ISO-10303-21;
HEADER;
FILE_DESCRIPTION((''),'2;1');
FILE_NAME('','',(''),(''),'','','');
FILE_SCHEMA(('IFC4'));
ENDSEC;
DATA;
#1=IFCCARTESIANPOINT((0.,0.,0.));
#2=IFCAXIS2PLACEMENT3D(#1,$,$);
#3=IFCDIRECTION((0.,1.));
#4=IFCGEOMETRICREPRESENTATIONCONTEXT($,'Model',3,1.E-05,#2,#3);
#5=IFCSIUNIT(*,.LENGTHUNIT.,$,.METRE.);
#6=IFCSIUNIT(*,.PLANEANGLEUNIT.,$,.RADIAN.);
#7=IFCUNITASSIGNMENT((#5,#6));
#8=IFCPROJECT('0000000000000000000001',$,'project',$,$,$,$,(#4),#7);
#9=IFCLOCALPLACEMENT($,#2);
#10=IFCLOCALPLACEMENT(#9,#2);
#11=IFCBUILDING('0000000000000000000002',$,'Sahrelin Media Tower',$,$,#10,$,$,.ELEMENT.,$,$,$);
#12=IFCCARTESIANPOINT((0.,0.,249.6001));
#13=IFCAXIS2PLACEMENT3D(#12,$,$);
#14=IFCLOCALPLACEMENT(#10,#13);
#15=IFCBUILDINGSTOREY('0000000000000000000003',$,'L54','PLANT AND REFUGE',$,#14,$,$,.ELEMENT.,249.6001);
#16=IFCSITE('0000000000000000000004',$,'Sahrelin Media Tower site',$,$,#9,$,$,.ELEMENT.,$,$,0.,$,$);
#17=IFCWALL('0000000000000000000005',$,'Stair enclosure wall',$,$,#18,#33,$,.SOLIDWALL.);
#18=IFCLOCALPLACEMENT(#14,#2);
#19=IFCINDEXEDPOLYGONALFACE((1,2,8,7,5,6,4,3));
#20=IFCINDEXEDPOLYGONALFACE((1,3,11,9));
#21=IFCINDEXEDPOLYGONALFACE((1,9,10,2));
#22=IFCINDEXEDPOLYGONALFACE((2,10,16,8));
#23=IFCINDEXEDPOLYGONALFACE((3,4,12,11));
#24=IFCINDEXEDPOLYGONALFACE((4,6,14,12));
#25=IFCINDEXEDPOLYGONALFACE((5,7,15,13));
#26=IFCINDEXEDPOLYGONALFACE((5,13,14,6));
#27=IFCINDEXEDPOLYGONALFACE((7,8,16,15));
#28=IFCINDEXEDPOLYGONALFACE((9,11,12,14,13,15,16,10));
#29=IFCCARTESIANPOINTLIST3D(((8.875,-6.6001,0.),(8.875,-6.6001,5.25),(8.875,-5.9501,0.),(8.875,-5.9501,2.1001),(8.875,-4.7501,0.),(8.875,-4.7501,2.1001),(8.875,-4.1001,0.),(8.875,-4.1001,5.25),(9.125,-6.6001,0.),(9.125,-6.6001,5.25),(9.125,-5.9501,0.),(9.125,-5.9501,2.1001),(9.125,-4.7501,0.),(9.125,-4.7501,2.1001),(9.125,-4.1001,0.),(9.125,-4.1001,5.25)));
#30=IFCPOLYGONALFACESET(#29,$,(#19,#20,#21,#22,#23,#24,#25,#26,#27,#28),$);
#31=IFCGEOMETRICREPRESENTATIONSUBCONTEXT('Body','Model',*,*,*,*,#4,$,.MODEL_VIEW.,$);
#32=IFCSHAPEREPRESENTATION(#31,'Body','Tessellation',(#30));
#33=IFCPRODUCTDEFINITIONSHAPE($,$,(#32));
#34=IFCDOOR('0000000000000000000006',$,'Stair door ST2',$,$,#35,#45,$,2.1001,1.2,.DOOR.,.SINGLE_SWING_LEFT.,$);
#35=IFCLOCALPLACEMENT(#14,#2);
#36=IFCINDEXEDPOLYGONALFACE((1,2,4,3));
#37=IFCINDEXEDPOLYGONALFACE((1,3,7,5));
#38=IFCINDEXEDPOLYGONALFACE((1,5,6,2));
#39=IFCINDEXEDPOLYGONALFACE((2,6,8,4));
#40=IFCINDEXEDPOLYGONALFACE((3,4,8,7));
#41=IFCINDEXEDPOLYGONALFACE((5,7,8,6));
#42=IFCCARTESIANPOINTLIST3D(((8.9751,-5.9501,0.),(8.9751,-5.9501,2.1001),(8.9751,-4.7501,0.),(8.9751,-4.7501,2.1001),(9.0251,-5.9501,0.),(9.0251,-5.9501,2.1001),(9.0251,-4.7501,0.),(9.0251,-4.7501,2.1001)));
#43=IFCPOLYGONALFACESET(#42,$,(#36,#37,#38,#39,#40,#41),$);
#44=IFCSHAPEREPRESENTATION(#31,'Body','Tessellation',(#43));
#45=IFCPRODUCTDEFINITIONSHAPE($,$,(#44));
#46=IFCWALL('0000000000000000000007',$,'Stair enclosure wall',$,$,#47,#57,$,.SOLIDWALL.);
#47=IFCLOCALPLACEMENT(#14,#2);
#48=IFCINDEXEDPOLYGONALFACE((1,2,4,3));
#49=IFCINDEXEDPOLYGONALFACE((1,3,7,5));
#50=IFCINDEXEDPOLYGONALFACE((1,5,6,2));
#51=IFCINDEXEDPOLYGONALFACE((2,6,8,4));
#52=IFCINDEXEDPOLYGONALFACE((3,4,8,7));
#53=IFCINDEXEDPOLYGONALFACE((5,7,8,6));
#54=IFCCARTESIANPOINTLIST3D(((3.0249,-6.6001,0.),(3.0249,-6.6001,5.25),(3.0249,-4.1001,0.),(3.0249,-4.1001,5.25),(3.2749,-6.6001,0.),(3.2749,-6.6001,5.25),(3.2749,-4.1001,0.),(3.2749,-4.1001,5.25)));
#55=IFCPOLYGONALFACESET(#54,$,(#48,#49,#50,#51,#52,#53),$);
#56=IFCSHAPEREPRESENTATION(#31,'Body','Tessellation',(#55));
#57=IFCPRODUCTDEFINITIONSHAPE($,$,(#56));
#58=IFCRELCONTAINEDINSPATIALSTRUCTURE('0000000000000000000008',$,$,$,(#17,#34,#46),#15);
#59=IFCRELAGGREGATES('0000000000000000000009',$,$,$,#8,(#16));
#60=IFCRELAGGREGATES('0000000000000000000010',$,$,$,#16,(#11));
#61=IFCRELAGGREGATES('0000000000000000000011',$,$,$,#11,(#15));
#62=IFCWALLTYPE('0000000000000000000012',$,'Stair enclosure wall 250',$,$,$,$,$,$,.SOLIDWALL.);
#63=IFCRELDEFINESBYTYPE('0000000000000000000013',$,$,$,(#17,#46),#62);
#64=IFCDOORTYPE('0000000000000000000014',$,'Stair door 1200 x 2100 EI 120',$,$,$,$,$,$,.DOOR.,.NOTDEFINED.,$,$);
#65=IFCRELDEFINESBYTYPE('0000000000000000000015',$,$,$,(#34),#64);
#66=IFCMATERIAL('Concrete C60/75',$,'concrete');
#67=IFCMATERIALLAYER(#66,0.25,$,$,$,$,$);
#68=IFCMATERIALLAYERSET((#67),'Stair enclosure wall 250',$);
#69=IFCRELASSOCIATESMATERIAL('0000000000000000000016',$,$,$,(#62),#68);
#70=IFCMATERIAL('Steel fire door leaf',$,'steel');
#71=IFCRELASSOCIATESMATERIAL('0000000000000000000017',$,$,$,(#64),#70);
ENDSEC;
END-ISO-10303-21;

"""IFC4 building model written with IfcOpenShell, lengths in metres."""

from ifc_helpers import new_model, si_unit, direction, frame, frame_2d, origin, place, context, subcontext, project, spatial, rectangle, extrude, material, layer, layer_set, type_object, element, fill, save


model = new_model("IFC4")

# Units and contexts
model_context = context("Model", 3, precision=1e-05, world=origin(), true_north=direction((0.0, 1.0)))
body_context = subcontext(model_context, "Body", "Model", "MODEL_VIEW")
ifc_project = project(units=[si_unit("LENGTHUNIT", "METRE"), si_unit("PLANEANGLEUNIT", "RADIAN")], contexts=[model_context])

# Site, building, storey
site_placement = place(None, origin())
site = spatial("IfcSite", under=ifc_project, at=site_placement, Name="Sahrelin Media Tower site", CompositionType="ELEMENT", RefElevation=0.0)
building_placement = place(site_placement, origin())
building = spatial("IfcBuilding", under=site, at=building_placement, Name="Sahrelin Media Tower", CompositionType="ELEMENT")
storey_placement = place(building_placement, frame((0.0, 0.0, 249.6001)))
storey = spatial("IfcBuildingStorey", under=building, at=storey_placement, Name="L54", Description="PLANT AND REFUGE", CompositionType="ELEMENT", Elevation=249.6001)

# Shared definitions
ifc_material_1 = material(Name="Concrete C60/75", Category="concrete")
ifc_material_2 = material(Name="Steel fire door leaf", Category="steel")

# Wall, opening, door
ifc_layer_1 = layer(ifc_material_1, 0.25)
ifc_layer_set_1 = layer_set([ifc_layer_1], Name="Stair enclosure wall 250")
wall_type_1 = type_object("IfcWallType", Name="Stair enclosure wall 250", PredefinedType="SOLIDWALL", material=ifc_layer_set_1)
wall_1_placement = place(storey_placement, frame((9.0, -6.6001, 0.0), z_axis=(0.0, 0.0, 1.0), x_axis=(0.0, 1.0, 0.0)))
wall_1 = element("IfcWall", 1, at=wall_1_placement, inside=storey, type_object=wall_type_1, Name="Stair enclosure wall", PredefinedType="SOLIDWALL", context=body_context, shape_type="SweptSolid", body=[
    extrude(rectangle(XDim=2.5, YDim=0.25, at=frame_2d((1.25, 0.0))), origin(), (0.0, 0.0, 1.0), 5.25),
])
opening_1_placement = place(wall_1_placement, frame((0.6499, 0.0, 0.0)))
opening_1 = element("IfcOpeningElement", 2, at=opening_1_placement, cuts=wall_1, PredefinedType="OPENING", context=body_context, shape_type="SweptSolid", body=[
    extrude(rectangle(XDim=1.2, YDim=2.1001, at=frame_2d((0.6001, 1.05))), frame((0.0, 0.125, 0.0), z_axis=(0.0, -1.0, 0.0), x_axis=(1.0, 0.0, 0.0)), (0.0, 0.0, 1.0), 0.25),
])
door_type_1 = type_object("IfcDoorType", Name="Stair door 1200 x 2100 EI 120", OperationType="NOTDEFINED", PredefinedType="DOOR", material=ifc_material_2)
door_1_placement = place(opening_1_placement, origin())
door_1 = element("IfcDoor", 3, at=door_1_placement, inside=storey, type_object=door_type_1, Name="Stair door ST2", OperationType="SINGLE_SWING_LEFT", OverallHeight=2.1001, OverallWidth=1.2, PredefinedType="DOOR", context=body_context, shape_type="SweptSolid", body=[
    extrude(rectangle(XDim=1.2, YDim=2.1001, at=frame_2d((0.6001, 1.05))), frame((0.0, 0.0249, 0.0), z_axis=(0.0, -1.0, 0.0), x_axis=(1.0, 0.0, 0.0)), (0.0, 0.0, 1.0), 0.05),
])
fill(opening_1, door_1)

# Wall
wall_2_placement = place(storey_placement, frame((3.1499, -6.6001, 0.0), z_axis=(0.0, 0.0, 1.0), x_axis=(0.0, 1.0, 0.0)))
element("IfcWall", 4, at=wall_2_placement, inside=storey, type_object=wall_type_1, Name="Stair enclosure wall", PredefinedType="SOLIDWALL", context=body_context, shape_type="SweptSolid", body=[
    extrude(rectangle(XDim=2.5, YDim=0.25, at=frame_2d((1.25, 0.0))), origin(), (0.0, 0.0, 1.0), 5.25),
])

save(model, "model.ifc")
